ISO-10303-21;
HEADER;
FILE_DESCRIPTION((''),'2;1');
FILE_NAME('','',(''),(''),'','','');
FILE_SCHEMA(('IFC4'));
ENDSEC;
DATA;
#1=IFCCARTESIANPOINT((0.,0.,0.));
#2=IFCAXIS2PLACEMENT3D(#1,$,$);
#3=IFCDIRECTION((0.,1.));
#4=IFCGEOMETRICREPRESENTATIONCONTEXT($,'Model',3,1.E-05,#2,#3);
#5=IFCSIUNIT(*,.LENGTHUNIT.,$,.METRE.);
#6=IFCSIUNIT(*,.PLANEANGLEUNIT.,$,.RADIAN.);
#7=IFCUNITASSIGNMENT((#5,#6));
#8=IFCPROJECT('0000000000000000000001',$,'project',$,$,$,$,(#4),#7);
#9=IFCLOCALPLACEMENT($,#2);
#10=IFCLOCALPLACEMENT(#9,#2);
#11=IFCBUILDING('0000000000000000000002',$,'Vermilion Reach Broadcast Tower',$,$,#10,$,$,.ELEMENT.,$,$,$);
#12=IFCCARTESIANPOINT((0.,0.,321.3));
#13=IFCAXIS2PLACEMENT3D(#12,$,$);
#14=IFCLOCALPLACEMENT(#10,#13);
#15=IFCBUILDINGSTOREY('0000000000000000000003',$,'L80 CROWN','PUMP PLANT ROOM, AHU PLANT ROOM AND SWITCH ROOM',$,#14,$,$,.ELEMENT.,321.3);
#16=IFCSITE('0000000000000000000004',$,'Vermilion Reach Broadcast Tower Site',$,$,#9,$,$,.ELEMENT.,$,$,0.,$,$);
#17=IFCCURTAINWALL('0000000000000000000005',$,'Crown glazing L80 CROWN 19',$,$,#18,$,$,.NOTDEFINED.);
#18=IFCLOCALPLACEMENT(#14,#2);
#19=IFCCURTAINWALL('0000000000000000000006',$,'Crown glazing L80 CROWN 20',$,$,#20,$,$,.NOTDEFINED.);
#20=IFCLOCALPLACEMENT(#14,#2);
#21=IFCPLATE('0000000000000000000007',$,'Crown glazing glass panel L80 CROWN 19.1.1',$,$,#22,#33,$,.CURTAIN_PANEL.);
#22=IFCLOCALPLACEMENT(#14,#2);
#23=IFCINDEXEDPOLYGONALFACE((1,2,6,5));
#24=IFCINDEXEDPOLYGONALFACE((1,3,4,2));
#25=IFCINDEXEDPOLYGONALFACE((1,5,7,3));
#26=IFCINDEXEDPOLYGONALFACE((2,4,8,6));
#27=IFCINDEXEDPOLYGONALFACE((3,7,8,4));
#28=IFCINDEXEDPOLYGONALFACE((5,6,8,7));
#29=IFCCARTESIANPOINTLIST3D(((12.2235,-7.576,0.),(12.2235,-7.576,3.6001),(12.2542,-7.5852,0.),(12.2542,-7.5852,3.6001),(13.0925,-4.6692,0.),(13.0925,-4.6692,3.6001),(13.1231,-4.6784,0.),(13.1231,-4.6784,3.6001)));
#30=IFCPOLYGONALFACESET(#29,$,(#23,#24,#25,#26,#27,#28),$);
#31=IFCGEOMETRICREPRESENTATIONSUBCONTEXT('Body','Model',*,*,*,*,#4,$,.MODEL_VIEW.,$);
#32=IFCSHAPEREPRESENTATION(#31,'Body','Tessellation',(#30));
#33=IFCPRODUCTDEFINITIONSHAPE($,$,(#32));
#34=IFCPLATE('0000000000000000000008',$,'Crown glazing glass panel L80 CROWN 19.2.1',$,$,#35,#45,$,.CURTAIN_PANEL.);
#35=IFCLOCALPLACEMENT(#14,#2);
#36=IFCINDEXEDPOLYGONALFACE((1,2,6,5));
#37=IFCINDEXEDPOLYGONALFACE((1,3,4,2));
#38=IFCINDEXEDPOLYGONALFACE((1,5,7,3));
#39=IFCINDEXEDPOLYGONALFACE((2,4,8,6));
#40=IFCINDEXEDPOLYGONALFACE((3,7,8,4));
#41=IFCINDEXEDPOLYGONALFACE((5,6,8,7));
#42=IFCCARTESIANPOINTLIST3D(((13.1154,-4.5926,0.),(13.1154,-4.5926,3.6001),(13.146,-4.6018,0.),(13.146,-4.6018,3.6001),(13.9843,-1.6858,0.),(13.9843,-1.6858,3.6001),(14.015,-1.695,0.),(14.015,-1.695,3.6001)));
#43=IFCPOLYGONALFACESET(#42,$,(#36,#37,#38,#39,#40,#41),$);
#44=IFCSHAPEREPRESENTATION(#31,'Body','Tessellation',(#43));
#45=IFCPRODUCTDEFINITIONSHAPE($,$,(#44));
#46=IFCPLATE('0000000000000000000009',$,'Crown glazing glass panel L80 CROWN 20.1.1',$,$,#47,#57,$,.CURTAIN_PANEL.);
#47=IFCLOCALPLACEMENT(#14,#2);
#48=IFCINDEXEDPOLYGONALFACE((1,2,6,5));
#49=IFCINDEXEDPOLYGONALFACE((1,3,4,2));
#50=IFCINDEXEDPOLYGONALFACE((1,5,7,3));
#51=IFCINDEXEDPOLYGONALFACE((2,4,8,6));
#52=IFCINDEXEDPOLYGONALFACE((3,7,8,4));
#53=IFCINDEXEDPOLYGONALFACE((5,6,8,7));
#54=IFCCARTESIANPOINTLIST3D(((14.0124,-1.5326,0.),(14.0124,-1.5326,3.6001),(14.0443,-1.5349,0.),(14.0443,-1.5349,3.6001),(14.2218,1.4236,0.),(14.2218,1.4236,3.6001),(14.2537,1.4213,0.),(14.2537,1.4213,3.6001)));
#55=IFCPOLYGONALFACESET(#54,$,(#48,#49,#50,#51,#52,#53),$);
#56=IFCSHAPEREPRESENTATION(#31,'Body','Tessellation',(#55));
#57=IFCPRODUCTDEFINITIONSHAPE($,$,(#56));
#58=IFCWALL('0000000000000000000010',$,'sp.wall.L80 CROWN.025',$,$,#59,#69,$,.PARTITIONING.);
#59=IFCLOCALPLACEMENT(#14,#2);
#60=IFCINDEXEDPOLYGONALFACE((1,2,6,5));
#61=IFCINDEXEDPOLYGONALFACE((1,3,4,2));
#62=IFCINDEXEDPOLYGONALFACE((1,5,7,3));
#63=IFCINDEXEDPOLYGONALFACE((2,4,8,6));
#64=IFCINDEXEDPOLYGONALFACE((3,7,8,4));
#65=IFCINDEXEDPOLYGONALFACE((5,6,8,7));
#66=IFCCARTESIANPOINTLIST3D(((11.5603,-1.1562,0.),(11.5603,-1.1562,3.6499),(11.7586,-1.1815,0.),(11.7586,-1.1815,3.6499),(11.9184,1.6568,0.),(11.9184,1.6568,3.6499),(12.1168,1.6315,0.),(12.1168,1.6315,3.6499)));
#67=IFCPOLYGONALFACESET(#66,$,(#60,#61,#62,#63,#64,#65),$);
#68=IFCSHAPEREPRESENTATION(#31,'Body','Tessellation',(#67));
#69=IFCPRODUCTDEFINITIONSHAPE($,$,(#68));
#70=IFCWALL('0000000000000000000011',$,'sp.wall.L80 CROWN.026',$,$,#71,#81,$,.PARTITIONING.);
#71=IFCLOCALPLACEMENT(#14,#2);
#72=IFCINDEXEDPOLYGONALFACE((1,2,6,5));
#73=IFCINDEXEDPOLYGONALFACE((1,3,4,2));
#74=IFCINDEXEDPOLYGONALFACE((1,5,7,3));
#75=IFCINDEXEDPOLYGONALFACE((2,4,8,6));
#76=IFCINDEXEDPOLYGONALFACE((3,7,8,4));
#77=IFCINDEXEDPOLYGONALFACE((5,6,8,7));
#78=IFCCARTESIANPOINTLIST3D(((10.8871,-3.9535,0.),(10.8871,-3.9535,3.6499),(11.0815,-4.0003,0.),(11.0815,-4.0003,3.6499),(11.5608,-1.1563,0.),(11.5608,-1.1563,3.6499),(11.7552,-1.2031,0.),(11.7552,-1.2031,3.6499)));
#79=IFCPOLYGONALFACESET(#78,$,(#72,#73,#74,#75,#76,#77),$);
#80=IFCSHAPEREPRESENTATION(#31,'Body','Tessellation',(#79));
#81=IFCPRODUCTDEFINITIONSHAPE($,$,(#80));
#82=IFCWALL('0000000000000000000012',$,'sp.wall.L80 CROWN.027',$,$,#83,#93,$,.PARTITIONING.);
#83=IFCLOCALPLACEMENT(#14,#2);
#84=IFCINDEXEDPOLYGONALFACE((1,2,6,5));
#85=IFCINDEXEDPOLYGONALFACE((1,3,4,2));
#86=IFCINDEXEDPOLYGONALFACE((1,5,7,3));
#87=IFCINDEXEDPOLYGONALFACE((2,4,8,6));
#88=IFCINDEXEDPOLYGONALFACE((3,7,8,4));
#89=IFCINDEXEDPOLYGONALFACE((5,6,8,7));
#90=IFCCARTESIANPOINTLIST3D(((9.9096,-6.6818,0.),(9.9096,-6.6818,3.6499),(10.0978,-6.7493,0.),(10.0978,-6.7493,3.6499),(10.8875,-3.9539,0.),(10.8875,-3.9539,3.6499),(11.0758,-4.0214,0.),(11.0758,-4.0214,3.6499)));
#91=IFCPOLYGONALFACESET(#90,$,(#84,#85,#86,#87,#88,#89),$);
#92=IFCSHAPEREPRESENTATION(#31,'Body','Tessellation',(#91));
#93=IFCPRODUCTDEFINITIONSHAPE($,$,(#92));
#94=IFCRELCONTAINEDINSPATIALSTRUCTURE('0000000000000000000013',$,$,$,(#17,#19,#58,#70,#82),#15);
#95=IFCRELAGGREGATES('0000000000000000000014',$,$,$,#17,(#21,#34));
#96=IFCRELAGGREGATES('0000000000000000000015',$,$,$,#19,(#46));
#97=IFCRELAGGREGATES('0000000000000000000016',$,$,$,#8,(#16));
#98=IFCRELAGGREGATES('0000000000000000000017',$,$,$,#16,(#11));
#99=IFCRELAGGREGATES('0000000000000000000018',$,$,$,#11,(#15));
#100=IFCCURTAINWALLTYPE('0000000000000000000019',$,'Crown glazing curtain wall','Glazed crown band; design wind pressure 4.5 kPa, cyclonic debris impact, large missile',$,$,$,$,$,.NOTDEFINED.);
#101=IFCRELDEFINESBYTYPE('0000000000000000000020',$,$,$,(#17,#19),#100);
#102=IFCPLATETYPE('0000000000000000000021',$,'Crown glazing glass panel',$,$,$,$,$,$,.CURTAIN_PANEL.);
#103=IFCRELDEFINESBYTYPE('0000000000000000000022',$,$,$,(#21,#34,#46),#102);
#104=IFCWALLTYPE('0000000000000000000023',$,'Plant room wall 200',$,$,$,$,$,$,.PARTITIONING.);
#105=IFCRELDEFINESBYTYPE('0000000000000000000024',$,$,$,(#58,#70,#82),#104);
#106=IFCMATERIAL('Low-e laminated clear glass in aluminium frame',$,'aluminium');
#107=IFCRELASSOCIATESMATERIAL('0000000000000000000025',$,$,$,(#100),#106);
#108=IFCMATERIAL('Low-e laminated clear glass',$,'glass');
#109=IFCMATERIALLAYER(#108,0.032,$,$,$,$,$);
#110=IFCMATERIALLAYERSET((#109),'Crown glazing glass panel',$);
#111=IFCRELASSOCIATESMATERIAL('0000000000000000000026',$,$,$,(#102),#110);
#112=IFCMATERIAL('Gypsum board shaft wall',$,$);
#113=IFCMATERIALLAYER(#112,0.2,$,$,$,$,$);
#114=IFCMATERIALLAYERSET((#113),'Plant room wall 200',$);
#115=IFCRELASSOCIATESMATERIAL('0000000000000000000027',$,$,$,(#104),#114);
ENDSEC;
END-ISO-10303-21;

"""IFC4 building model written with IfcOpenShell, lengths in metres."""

from ifc_helpers import new_model, si_unit, direction, frame, frame_2d, origin, origin_2d, place, context, subcontext, project, spatial, rectangle, extrude, material, layer, layer_set, type_object, element, aggregate, save


model = new_model("IFC4")

# Units and contexts
model_context = context("Model", 3, precision=1e-05, world=origin(), true_north=direction((0.0, 1.0)))
body_context = subcontext(model_context, "Body", "Model", "MODEL_VIEW")
ifc_project = project(units=[si_unit("LENGTHUNIT", "METRE"), si_unit("PLANEANGLEUNIT", "RADIAN")], contexts=[model_context])

# Site, building, storey
site_placement = place(None, origin())
site = spatial("IfcSite", under=ifc_project, at=site_placement, Name="Vermilion Reach Broadcast Tower Site", CompositionType="ELEMENT", RefElevation=0.0)
building_placement = place(site_placement, origin())
building = spatial("IfcBuilding", under=site, at=building_placement, Name="Vermilion Reach Broadcast Tower", CompositionType="ELEMENT")
storey_placement = place(building_placement, frame((0.0, 0.0, 321.3)))
storey = spatial("IfcBuildingStorey", under=building, at=storey_placement, Name="L80 CROWN", Description="PUMP PLANT ROOM, AHU PLANT ROOM AND SWITCH ROOM", CompositionType="ELEMENT", Elevation=321.3)

# Curtain wall
ifc_material_1 = material(Name="Low-e laminated clear glass in aluminium frame", Category="aluminium")
curtain_wall_type = type_object("IfcCurtainWallType", Name="Crown glazing curtain wall", Description="Glazed crown band; design wind pressure 4.5 kPa, cyclonic debris impact, large missile", PredefinedType="NOTDEFINED", material=ifc_material_1)
placement = place(storey_placement, origin())
curtain_wall_1 = element("IfcCurtainWall", 1, at=placement, inside=storey, type_object=curtain_wall_type, Name="Crown glazing L80 CROWN 19", PredefinedType="NOTDEFINED")

# Curtain wall
curtain_wall_2 = element("IfcCurtainWall", 2, at=placement, inside=storey, type_object=curtain_wall_type, Name="Crown glazing L80 CROWN 20", PredefinedType="NOTDEFINED")

# Plates
ifc_material_2 = material(Name="Low-e laminated clear glass", Category="glass")
ifc_layer_1 = layer(ifc_material_2, 0.032)
ifc_layer_set_1 = layer_set([ifc_layer_1], Name="Crown glazing glass panel")
plate_type = type_object("IfcPlateType", Name="Crown glazing glass panel", PredefinedType="CURTAIN_PANEL", material=ifc_layer_set_1)
plate_1_placement = place(storey_placement, frame((12.6733, -6.1272, 0.0), z_axis=(0.0, 0.0, 1.0), x_axis=(0.286407, 0.958108, 0.0)))
plate_1 = element("IfcPlate", 3, at=plate_1_placement, type_object=plate_type, Name="Crown glazing glass panel L80 CROWN 19.1.1", PredefinedType="CURTAIN_PANEL", context=body_context, shape_type="SweptSolid", body=[
    extrude(rectangle(XDim=3.0339, YDim=0.032, at=origin_2d()), origin(), (0.0, 0.0, 1.0), 3.6001),
])
plate_2_placement = place(storey_placement, frame((13.5652, -3.1438, 0.0), z_axis=(0.0, 0.0, 1.0), x_axis=(0.286407, 0.958108, 0.0)))
plate_2 = element("IfcPlate", 4, at=plate_2_placement, type_object=plate_type, Name="Crown glazing glass panel L80 CROWN 19.2.1", PredefinedType="CURTAIN_PANEL", context=body_context, shape_type="SweptSolid", body=[
    extrude(rectangle(XDim=3.0339, YDim=0.032, at=origin_2d()), origin(), (0.0, 0.0, 1.0), 3.6001),
])
aggregate(curtain_wall_1, [plate_1, plate_2])
plate_3_placement = place(storey_placement, frame((14.1331, -0.0557, 0.0), z_axis=(0.0, 0.0, 1.0), x_axis=(0.070673, 0.9975, 0.0)))
plate_3 = element("IfcPlate", 5, at=plate_3_placement, type_object=plate_type, Name="Crown glazing glass panel L80 CROWN 20.1.1", PredefinedType="CURTAIN_PANEL", context=body_context, shape_type="SweptSolid", body=[
    extrude(rectangle(XDim=2.9636, YDim=0.032, at=origin_2d()), origin(), (0.0, 0.0, 1.0), 3.6001),
])
aggregate(curtain_wall_2, [plate_3])

# Walls
ifc_material_3 = material(Name="Gypsum board shaft wall")
ifc_layer_2 = layer(ifc_material_3, 0.2)
ifc_layer_set_2 = layer_set([ifc_layer_2], Name="Plant room wall 200")
wall_type = type_object("IfcWallType", Name="Plant room wall 200", PredefinedType="PARTITIONING", material=ifc_layer_set_2)
wall_1_placement = place(storey_placement, frame((11.6594, -1.1689, 0.0), z_axis=(0.0, 0.0, 1.0), x_axis=(0.126302, 0.991992, 0.0)))
element("IfcWall", 6, at=wall_1_placement, inside=storey, type_object=wall_type, Name="sp.wall.L80 CROWN.025", PredefinedType="PARTITIONING", context=body_context, shape_type="SweptSolid", body=[
    extrude(rectangle(XDim=2.8357, YDim=0.2, at=frame_2d((1.418, 0.0))), origin(), (0.0, 0.0, 1.0), 3.6499),
])
wall_2_placement = place(storey_placement, frame((10.9844, -3.9768, 0.0), z_axis=(0.0, 0.0, 1.0), x_axis=(0.234121, 0.972208, 0.0)))
element("IfcWall", 7, at=wall_2_placement, inside=storey, type_object=wall_type, Name="sp.wall.L80 CROWN.026", PredefinedType="PARTITIONING", context=body_context, shape_type="SweptSolid", body=[
    extrude(rectangle(XDim=2.8772, YDim=0.2, at=frame_2d((1.4385, 0.0))), origin(), (0.0, 0.0, 1.0), 3.6499),
])
wall_3_placement = place(storey_placement, frame((10.0037, -6.7156, 0.0), z_axis=(0.0, 0.0, 1.0), x_axis=(0.337478, 0.941333, 0.0)))
element("IfcWall", 8, at=wall_3_placement, inside=storey, type_object=wall_type, Name="sp.wall.L80 CROWN.027", PredefinedType="PARTITIONING", context=body_context, shape_type="SweptSolid", body=[
    extrude(rectangle(XDim=2.8979, YDim=0.2, at=frame_2d((1.449, 0.0))), origin(), (0.0, 0.0, 1.0), 3.6499),
])

save(model, "model.ifc")
